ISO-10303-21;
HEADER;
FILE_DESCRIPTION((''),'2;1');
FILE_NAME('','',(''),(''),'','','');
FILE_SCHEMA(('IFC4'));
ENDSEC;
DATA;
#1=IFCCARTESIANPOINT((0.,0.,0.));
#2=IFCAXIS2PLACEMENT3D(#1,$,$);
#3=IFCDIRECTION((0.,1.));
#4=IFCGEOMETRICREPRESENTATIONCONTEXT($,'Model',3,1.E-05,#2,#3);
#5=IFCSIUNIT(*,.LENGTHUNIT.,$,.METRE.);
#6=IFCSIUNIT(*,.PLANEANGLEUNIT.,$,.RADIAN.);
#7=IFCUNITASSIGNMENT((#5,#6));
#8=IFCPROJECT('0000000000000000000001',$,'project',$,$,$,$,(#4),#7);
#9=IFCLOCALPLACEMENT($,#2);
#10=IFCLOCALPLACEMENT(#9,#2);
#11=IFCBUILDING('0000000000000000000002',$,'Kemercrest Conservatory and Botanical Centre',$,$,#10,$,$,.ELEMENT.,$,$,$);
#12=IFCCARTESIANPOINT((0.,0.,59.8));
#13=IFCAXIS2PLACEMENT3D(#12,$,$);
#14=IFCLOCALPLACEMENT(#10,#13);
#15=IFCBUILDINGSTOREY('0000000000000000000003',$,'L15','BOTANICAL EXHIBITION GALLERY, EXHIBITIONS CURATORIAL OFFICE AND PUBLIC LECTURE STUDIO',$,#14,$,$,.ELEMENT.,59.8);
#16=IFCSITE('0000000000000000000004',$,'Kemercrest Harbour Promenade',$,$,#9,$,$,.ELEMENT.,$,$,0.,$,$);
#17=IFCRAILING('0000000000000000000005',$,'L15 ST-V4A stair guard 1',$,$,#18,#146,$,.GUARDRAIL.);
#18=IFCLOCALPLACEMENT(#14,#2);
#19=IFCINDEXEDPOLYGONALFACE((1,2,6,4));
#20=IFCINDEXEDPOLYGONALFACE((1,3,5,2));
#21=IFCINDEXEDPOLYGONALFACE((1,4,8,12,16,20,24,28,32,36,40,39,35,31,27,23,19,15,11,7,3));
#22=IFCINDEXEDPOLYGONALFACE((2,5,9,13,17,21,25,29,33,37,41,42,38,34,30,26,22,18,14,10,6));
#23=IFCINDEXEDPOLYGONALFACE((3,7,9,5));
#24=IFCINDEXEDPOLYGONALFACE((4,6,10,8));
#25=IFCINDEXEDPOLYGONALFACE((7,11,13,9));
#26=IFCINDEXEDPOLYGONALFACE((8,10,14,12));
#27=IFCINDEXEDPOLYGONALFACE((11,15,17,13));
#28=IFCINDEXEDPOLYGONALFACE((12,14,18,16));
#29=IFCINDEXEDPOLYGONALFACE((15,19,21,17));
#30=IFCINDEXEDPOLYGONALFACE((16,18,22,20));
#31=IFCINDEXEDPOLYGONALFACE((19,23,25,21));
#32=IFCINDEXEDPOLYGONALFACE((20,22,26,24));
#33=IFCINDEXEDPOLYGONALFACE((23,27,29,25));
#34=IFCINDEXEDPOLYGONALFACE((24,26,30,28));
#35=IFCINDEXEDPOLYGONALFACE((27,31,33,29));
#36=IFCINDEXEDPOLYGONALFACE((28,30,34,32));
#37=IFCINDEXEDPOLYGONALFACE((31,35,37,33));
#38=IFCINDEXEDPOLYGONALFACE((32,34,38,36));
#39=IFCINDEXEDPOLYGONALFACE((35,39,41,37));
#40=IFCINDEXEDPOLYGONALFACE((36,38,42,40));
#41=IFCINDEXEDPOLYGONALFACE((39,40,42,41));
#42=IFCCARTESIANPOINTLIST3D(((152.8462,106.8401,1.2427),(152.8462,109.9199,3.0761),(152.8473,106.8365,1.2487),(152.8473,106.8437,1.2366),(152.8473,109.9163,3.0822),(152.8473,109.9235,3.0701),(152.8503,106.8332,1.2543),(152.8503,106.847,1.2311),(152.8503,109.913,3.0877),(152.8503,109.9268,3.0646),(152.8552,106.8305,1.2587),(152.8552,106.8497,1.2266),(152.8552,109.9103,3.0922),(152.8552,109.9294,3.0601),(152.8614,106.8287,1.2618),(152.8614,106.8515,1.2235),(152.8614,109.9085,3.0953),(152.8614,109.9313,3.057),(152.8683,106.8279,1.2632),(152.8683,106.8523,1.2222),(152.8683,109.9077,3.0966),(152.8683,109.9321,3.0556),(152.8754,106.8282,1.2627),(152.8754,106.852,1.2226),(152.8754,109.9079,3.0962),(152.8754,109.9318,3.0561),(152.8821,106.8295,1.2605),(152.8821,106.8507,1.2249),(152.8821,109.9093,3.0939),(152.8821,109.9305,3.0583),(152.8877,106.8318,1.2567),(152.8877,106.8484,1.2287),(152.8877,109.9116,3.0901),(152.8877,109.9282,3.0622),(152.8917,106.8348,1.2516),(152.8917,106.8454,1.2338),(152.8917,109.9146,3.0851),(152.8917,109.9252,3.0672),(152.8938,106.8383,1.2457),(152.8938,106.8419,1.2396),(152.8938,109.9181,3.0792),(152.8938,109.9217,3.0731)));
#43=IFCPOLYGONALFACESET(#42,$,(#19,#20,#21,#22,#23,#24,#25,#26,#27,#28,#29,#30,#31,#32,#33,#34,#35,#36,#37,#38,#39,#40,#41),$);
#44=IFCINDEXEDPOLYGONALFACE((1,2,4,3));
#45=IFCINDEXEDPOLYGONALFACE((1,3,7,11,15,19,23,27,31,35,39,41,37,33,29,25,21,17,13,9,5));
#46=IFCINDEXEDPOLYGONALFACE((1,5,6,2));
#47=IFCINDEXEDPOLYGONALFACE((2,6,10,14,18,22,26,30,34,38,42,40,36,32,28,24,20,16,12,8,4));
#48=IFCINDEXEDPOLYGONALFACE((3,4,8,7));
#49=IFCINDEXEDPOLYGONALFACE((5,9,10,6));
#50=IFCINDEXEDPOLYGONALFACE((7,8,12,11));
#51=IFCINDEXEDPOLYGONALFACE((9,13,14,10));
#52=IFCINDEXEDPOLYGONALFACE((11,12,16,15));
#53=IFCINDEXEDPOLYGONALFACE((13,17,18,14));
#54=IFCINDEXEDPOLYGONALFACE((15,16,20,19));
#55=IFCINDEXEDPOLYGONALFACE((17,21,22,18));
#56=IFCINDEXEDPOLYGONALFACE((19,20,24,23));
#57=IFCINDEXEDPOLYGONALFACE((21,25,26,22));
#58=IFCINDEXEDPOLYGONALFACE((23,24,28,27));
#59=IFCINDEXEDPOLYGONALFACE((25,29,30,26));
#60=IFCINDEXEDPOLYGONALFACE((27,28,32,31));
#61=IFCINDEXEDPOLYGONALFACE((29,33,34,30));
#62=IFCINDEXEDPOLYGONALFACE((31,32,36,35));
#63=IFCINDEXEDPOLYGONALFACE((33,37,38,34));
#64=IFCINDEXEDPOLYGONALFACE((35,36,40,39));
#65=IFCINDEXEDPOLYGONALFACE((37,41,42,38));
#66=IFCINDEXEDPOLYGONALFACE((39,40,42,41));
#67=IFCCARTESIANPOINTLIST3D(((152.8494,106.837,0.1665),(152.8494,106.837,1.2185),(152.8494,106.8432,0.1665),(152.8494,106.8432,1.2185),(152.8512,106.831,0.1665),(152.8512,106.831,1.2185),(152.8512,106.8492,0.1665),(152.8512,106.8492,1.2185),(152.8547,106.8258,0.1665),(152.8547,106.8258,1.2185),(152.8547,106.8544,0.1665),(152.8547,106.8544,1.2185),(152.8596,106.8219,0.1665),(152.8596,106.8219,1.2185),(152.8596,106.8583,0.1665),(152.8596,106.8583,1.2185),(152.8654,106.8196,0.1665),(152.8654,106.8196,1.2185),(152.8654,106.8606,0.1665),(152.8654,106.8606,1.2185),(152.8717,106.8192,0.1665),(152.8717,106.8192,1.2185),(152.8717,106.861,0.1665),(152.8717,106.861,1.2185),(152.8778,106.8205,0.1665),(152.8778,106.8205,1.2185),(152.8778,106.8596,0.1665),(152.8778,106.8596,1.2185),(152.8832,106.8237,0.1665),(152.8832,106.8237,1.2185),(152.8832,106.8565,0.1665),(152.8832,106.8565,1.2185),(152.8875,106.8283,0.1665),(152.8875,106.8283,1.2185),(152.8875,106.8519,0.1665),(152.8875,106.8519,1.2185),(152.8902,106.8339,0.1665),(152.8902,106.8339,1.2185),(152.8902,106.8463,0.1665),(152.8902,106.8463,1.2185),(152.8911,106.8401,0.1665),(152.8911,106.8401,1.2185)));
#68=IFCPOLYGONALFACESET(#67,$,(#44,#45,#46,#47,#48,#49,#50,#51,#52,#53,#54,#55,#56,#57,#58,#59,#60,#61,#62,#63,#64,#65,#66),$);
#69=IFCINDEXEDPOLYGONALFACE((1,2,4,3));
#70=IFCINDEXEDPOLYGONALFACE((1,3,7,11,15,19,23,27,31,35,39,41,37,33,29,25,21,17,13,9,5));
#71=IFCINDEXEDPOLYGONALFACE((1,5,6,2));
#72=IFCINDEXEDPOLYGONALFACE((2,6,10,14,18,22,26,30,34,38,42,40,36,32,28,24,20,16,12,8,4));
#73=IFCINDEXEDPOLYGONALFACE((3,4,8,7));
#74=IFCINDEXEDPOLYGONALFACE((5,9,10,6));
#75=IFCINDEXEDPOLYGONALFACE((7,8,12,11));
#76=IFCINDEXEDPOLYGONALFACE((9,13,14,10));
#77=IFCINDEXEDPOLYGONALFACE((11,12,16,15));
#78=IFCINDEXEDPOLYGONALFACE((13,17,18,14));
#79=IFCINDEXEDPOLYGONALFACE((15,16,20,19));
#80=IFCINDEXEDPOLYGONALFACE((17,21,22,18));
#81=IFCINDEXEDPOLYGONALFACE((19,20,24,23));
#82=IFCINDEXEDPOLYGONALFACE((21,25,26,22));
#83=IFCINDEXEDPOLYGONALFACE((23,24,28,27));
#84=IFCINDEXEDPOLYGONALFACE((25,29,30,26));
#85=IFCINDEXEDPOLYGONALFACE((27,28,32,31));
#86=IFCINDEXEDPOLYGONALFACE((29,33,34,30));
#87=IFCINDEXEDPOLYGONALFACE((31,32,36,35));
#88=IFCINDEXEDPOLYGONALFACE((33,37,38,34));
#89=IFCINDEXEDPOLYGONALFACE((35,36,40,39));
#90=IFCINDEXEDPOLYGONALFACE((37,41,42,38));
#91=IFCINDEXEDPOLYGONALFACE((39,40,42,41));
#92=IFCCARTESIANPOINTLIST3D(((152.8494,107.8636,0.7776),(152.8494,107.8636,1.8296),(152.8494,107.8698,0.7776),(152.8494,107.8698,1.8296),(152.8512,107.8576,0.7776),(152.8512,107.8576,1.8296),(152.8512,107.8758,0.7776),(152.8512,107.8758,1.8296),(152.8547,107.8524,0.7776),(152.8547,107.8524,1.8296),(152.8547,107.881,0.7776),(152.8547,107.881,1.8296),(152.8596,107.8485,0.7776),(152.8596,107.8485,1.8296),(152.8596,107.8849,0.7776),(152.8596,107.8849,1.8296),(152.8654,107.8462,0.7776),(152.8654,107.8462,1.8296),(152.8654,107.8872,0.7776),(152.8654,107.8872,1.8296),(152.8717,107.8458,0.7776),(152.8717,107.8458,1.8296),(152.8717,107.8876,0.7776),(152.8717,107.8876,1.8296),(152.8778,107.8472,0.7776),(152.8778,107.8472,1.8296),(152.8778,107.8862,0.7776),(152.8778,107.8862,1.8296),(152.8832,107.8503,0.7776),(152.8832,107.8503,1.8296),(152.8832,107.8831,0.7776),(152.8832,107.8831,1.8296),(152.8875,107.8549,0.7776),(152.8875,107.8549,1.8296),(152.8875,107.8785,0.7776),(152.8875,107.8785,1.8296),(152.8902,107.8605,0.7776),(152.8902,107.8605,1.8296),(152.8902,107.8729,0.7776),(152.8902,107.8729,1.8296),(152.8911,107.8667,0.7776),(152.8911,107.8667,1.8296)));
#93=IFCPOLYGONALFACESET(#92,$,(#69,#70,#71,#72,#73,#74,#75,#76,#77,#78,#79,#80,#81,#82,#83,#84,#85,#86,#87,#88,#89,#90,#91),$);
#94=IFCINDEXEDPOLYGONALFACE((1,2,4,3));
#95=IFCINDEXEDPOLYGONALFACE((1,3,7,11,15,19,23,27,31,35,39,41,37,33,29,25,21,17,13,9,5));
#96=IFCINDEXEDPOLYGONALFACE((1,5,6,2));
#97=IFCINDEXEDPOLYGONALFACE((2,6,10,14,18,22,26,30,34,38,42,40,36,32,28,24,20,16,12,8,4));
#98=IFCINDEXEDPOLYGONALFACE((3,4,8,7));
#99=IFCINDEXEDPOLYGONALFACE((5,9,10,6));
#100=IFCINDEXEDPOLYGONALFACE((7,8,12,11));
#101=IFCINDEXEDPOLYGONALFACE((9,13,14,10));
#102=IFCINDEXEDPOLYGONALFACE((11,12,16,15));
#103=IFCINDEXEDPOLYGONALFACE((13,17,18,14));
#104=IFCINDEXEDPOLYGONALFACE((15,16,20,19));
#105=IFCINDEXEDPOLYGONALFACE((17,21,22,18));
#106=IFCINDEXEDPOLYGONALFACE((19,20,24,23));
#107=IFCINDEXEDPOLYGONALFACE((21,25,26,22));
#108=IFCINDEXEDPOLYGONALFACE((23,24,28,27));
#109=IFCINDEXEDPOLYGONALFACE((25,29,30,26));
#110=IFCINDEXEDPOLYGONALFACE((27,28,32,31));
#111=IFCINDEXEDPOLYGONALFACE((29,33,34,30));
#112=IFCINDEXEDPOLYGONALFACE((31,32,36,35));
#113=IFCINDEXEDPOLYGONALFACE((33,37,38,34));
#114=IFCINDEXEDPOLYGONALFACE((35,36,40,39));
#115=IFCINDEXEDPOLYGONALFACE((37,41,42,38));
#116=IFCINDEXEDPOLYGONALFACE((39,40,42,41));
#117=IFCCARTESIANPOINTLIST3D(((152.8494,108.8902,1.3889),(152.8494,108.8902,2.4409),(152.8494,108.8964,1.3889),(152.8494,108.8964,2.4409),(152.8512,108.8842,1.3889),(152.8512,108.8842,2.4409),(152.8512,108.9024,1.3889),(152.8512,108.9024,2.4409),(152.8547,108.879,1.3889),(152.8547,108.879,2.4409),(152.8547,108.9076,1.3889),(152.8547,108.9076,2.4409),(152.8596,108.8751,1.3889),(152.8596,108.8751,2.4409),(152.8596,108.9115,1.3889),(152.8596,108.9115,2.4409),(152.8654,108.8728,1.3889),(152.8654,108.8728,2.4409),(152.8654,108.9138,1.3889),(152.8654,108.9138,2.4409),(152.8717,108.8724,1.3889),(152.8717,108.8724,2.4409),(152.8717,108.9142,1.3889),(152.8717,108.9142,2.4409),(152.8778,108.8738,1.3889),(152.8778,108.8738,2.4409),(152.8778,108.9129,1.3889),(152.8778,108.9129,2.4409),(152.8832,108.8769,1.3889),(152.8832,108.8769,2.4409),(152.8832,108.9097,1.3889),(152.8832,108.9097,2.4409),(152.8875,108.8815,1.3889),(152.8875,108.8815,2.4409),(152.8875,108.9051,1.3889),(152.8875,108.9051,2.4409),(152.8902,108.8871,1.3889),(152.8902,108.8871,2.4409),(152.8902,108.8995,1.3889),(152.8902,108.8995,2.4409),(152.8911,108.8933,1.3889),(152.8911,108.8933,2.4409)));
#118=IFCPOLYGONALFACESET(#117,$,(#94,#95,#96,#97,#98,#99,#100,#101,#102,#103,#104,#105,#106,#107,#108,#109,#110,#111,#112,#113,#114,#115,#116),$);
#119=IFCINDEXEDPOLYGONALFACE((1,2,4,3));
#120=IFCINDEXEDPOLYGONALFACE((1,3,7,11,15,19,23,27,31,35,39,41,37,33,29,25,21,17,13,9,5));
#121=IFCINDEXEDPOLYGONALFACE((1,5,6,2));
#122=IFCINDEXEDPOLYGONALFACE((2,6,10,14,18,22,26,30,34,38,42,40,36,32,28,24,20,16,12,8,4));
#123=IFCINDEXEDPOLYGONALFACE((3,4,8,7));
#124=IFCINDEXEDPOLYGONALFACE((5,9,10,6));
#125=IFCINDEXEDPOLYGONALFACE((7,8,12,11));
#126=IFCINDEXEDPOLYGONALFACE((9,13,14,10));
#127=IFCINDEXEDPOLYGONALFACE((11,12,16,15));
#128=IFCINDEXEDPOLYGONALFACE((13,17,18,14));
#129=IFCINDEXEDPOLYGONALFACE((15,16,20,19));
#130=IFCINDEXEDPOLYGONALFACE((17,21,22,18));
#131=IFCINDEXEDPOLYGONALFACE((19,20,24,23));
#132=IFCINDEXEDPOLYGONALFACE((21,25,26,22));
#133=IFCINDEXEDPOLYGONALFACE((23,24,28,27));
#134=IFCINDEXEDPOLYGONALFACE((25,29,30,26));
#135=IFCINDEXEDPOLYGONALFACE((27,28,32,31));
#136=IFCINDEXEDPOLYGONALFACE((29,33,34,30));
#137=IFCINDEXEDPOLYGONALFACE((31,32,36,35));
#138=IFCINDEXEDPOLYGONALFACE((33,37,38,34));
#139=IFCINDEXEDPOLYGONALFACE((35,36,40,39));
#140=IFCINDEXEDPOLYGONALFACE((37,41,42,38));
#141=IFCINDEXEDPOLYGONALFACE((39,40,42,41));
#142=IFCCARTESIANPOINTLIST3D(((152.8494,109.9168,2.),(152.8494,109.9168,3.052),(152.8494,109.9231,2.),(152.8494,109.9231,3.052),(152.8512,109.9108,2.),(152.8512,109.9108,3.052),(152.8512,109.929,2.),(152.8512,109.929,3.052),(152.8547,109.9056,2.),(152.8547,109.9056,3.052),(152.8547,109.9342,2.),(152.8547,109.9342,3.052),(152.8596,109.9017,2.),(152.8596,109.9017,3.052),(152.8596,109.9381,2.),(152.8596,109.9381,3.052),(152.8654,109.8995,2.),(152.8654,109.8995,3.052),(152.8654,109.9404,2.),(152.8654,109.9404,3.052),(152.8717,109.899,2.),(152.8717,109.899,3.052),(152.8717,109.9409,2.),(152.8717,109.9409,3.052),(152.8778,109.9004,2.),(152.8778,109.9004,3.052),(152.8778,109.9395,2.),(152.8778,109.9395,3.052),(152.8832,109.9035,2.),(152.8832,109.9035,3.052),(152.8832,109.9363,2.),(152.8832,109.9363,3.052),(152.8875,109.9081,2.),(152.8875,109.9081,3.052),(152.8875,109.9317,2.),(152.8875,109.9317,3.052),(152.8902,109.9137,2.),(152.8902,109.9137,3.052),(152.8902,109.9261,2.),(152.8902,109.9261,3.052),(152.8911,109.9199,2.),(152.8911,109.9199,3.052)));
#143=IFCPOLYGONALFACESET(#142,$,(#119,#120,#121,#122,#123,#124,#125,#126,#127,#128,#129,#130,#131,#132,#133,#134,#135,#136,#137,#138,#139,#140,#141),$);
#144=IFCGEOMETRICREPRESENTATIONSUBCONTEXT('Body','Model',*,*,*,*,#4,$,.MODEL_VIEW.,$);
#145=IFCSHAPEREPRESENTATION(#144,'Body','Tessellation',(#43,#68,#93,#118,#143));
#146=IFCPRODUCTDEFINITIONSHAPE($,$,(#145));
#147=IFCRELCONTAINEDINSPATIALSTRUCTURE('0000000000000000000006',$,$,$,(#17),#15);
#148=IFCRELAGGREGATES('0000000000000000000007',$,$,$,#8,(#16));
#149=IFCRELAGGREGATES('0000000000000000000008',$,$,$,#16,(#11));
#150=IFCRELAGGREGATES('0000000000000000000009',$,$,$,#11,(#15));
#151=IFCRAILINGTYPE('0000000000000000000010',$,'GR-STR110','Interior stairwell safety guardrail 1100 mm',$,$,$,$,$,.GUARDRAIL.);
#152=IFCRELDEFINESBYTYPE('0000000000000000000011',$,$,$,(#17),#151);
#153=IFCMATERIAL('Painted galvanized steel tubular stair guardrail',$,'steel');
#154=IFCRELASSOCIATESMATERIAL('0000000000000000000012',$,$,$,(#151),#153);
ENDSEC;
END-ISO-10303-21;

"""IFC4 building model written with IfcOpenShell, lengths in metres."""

from ifc_helpers import new_model, si_unit, direction, frame, origin, origin_2d, place, context, subcontext, project, spatial, circle, extrude, material, type_object, element, save


model = new_model("IFC4")

# Units and contexts
model_context = context("Model", 3, precision=1e-05, world=origin(), true_north=direction((0.0, 1.0)))
body_context = subcontext(model_context, "Body", "Model", "MODEL_VIEW")
ifc_project = project(units=[si_unit("LENGTHUNIT", "METRE"), si_unit("PLANEANGLEUNIT", "RADIAN")], contexts=[model_context])

# Site, building, storey
site_placement = place(None, origin())
site = spatial("IfcSite", under=ifc_project, at=site_placement, Name="Kemercrest Harbour Promenade", CompositionType="ELEMENT", RefElevation=0.0)
building_placement = place(site_placement, origin())
building = spatial("IfcBuilding", under=site, at=building_placement, Name="Kemercrest Conservatory and Botanical Centre", CompositionType="ELEMENT")
storey_placement = place(building_placement, frame((0.0, 0.0, 59.8)))
storey = spatial("IfcBuildingStorey", under=building, at=storey_placement, Name="L15", Description="BOTANICAL EXHIBITION GALLERY, EXHIBITIONS CURATORIAL OFFICE AND PUBLIC LECTURE STUDIO", CompositionType="ELEMENT", Elevation=59.8)

# Railing
ifc_material_1 = material(Name="Painted galvanized steel tubular stair guardrail", Category="steel")
railing_type_1 = type_object("IfcRailingType", Name="GR-STR110", Description="Interior stairwell safety guardrail 1100 mm", PredefinedType="GUARDRAIL", material=ifc_material_1)
railing_1_placement = place(storey_placement, frame((152.8701, 106.8401, 0.1665)))
element("IfcRailing", 1, at=railing_1_placement, inside=storey, type_object=railing_type_1, Name="L15 ST-V4A stair guard 1", PredefinedType="GUARDRAIL", context=body_context, shape_type="SweptSolid", body=[
    extrude(circle(Radius=0.0239, at=origin_2d()), frame((0.0, 0.0, 1.0762), z_axis=(0.0, 0.859261, 0.511538), x_axis=(-1.0, 0.0, 0.0)), (0.0, 0.0, 1.0), 3.5842),
    extrude(circle(Radius=0.021, at=origin_2d()), origin(), (0.0, 0.0, 1.0), 1.052),
    extrude(circle(Radius=0.021, at=origin_2d()), frame((0.0, 1.0266, 0.6111)), (0.0, 0.0, 1.0), 1.052),
    extrude(circle(Radius=0.021, at=origin_2d()), frame((0.0, 2.0532, 1.2224)), (0.0, 0.0, 1.0), 1.052),
    extrude(circle(Radius=0.021, at=origin_2d()), frame((0.0, 3.0798, 1.8335)), (0.0, 0.0, 1.0), 1.052),
])

save(model, "model.ifc")
